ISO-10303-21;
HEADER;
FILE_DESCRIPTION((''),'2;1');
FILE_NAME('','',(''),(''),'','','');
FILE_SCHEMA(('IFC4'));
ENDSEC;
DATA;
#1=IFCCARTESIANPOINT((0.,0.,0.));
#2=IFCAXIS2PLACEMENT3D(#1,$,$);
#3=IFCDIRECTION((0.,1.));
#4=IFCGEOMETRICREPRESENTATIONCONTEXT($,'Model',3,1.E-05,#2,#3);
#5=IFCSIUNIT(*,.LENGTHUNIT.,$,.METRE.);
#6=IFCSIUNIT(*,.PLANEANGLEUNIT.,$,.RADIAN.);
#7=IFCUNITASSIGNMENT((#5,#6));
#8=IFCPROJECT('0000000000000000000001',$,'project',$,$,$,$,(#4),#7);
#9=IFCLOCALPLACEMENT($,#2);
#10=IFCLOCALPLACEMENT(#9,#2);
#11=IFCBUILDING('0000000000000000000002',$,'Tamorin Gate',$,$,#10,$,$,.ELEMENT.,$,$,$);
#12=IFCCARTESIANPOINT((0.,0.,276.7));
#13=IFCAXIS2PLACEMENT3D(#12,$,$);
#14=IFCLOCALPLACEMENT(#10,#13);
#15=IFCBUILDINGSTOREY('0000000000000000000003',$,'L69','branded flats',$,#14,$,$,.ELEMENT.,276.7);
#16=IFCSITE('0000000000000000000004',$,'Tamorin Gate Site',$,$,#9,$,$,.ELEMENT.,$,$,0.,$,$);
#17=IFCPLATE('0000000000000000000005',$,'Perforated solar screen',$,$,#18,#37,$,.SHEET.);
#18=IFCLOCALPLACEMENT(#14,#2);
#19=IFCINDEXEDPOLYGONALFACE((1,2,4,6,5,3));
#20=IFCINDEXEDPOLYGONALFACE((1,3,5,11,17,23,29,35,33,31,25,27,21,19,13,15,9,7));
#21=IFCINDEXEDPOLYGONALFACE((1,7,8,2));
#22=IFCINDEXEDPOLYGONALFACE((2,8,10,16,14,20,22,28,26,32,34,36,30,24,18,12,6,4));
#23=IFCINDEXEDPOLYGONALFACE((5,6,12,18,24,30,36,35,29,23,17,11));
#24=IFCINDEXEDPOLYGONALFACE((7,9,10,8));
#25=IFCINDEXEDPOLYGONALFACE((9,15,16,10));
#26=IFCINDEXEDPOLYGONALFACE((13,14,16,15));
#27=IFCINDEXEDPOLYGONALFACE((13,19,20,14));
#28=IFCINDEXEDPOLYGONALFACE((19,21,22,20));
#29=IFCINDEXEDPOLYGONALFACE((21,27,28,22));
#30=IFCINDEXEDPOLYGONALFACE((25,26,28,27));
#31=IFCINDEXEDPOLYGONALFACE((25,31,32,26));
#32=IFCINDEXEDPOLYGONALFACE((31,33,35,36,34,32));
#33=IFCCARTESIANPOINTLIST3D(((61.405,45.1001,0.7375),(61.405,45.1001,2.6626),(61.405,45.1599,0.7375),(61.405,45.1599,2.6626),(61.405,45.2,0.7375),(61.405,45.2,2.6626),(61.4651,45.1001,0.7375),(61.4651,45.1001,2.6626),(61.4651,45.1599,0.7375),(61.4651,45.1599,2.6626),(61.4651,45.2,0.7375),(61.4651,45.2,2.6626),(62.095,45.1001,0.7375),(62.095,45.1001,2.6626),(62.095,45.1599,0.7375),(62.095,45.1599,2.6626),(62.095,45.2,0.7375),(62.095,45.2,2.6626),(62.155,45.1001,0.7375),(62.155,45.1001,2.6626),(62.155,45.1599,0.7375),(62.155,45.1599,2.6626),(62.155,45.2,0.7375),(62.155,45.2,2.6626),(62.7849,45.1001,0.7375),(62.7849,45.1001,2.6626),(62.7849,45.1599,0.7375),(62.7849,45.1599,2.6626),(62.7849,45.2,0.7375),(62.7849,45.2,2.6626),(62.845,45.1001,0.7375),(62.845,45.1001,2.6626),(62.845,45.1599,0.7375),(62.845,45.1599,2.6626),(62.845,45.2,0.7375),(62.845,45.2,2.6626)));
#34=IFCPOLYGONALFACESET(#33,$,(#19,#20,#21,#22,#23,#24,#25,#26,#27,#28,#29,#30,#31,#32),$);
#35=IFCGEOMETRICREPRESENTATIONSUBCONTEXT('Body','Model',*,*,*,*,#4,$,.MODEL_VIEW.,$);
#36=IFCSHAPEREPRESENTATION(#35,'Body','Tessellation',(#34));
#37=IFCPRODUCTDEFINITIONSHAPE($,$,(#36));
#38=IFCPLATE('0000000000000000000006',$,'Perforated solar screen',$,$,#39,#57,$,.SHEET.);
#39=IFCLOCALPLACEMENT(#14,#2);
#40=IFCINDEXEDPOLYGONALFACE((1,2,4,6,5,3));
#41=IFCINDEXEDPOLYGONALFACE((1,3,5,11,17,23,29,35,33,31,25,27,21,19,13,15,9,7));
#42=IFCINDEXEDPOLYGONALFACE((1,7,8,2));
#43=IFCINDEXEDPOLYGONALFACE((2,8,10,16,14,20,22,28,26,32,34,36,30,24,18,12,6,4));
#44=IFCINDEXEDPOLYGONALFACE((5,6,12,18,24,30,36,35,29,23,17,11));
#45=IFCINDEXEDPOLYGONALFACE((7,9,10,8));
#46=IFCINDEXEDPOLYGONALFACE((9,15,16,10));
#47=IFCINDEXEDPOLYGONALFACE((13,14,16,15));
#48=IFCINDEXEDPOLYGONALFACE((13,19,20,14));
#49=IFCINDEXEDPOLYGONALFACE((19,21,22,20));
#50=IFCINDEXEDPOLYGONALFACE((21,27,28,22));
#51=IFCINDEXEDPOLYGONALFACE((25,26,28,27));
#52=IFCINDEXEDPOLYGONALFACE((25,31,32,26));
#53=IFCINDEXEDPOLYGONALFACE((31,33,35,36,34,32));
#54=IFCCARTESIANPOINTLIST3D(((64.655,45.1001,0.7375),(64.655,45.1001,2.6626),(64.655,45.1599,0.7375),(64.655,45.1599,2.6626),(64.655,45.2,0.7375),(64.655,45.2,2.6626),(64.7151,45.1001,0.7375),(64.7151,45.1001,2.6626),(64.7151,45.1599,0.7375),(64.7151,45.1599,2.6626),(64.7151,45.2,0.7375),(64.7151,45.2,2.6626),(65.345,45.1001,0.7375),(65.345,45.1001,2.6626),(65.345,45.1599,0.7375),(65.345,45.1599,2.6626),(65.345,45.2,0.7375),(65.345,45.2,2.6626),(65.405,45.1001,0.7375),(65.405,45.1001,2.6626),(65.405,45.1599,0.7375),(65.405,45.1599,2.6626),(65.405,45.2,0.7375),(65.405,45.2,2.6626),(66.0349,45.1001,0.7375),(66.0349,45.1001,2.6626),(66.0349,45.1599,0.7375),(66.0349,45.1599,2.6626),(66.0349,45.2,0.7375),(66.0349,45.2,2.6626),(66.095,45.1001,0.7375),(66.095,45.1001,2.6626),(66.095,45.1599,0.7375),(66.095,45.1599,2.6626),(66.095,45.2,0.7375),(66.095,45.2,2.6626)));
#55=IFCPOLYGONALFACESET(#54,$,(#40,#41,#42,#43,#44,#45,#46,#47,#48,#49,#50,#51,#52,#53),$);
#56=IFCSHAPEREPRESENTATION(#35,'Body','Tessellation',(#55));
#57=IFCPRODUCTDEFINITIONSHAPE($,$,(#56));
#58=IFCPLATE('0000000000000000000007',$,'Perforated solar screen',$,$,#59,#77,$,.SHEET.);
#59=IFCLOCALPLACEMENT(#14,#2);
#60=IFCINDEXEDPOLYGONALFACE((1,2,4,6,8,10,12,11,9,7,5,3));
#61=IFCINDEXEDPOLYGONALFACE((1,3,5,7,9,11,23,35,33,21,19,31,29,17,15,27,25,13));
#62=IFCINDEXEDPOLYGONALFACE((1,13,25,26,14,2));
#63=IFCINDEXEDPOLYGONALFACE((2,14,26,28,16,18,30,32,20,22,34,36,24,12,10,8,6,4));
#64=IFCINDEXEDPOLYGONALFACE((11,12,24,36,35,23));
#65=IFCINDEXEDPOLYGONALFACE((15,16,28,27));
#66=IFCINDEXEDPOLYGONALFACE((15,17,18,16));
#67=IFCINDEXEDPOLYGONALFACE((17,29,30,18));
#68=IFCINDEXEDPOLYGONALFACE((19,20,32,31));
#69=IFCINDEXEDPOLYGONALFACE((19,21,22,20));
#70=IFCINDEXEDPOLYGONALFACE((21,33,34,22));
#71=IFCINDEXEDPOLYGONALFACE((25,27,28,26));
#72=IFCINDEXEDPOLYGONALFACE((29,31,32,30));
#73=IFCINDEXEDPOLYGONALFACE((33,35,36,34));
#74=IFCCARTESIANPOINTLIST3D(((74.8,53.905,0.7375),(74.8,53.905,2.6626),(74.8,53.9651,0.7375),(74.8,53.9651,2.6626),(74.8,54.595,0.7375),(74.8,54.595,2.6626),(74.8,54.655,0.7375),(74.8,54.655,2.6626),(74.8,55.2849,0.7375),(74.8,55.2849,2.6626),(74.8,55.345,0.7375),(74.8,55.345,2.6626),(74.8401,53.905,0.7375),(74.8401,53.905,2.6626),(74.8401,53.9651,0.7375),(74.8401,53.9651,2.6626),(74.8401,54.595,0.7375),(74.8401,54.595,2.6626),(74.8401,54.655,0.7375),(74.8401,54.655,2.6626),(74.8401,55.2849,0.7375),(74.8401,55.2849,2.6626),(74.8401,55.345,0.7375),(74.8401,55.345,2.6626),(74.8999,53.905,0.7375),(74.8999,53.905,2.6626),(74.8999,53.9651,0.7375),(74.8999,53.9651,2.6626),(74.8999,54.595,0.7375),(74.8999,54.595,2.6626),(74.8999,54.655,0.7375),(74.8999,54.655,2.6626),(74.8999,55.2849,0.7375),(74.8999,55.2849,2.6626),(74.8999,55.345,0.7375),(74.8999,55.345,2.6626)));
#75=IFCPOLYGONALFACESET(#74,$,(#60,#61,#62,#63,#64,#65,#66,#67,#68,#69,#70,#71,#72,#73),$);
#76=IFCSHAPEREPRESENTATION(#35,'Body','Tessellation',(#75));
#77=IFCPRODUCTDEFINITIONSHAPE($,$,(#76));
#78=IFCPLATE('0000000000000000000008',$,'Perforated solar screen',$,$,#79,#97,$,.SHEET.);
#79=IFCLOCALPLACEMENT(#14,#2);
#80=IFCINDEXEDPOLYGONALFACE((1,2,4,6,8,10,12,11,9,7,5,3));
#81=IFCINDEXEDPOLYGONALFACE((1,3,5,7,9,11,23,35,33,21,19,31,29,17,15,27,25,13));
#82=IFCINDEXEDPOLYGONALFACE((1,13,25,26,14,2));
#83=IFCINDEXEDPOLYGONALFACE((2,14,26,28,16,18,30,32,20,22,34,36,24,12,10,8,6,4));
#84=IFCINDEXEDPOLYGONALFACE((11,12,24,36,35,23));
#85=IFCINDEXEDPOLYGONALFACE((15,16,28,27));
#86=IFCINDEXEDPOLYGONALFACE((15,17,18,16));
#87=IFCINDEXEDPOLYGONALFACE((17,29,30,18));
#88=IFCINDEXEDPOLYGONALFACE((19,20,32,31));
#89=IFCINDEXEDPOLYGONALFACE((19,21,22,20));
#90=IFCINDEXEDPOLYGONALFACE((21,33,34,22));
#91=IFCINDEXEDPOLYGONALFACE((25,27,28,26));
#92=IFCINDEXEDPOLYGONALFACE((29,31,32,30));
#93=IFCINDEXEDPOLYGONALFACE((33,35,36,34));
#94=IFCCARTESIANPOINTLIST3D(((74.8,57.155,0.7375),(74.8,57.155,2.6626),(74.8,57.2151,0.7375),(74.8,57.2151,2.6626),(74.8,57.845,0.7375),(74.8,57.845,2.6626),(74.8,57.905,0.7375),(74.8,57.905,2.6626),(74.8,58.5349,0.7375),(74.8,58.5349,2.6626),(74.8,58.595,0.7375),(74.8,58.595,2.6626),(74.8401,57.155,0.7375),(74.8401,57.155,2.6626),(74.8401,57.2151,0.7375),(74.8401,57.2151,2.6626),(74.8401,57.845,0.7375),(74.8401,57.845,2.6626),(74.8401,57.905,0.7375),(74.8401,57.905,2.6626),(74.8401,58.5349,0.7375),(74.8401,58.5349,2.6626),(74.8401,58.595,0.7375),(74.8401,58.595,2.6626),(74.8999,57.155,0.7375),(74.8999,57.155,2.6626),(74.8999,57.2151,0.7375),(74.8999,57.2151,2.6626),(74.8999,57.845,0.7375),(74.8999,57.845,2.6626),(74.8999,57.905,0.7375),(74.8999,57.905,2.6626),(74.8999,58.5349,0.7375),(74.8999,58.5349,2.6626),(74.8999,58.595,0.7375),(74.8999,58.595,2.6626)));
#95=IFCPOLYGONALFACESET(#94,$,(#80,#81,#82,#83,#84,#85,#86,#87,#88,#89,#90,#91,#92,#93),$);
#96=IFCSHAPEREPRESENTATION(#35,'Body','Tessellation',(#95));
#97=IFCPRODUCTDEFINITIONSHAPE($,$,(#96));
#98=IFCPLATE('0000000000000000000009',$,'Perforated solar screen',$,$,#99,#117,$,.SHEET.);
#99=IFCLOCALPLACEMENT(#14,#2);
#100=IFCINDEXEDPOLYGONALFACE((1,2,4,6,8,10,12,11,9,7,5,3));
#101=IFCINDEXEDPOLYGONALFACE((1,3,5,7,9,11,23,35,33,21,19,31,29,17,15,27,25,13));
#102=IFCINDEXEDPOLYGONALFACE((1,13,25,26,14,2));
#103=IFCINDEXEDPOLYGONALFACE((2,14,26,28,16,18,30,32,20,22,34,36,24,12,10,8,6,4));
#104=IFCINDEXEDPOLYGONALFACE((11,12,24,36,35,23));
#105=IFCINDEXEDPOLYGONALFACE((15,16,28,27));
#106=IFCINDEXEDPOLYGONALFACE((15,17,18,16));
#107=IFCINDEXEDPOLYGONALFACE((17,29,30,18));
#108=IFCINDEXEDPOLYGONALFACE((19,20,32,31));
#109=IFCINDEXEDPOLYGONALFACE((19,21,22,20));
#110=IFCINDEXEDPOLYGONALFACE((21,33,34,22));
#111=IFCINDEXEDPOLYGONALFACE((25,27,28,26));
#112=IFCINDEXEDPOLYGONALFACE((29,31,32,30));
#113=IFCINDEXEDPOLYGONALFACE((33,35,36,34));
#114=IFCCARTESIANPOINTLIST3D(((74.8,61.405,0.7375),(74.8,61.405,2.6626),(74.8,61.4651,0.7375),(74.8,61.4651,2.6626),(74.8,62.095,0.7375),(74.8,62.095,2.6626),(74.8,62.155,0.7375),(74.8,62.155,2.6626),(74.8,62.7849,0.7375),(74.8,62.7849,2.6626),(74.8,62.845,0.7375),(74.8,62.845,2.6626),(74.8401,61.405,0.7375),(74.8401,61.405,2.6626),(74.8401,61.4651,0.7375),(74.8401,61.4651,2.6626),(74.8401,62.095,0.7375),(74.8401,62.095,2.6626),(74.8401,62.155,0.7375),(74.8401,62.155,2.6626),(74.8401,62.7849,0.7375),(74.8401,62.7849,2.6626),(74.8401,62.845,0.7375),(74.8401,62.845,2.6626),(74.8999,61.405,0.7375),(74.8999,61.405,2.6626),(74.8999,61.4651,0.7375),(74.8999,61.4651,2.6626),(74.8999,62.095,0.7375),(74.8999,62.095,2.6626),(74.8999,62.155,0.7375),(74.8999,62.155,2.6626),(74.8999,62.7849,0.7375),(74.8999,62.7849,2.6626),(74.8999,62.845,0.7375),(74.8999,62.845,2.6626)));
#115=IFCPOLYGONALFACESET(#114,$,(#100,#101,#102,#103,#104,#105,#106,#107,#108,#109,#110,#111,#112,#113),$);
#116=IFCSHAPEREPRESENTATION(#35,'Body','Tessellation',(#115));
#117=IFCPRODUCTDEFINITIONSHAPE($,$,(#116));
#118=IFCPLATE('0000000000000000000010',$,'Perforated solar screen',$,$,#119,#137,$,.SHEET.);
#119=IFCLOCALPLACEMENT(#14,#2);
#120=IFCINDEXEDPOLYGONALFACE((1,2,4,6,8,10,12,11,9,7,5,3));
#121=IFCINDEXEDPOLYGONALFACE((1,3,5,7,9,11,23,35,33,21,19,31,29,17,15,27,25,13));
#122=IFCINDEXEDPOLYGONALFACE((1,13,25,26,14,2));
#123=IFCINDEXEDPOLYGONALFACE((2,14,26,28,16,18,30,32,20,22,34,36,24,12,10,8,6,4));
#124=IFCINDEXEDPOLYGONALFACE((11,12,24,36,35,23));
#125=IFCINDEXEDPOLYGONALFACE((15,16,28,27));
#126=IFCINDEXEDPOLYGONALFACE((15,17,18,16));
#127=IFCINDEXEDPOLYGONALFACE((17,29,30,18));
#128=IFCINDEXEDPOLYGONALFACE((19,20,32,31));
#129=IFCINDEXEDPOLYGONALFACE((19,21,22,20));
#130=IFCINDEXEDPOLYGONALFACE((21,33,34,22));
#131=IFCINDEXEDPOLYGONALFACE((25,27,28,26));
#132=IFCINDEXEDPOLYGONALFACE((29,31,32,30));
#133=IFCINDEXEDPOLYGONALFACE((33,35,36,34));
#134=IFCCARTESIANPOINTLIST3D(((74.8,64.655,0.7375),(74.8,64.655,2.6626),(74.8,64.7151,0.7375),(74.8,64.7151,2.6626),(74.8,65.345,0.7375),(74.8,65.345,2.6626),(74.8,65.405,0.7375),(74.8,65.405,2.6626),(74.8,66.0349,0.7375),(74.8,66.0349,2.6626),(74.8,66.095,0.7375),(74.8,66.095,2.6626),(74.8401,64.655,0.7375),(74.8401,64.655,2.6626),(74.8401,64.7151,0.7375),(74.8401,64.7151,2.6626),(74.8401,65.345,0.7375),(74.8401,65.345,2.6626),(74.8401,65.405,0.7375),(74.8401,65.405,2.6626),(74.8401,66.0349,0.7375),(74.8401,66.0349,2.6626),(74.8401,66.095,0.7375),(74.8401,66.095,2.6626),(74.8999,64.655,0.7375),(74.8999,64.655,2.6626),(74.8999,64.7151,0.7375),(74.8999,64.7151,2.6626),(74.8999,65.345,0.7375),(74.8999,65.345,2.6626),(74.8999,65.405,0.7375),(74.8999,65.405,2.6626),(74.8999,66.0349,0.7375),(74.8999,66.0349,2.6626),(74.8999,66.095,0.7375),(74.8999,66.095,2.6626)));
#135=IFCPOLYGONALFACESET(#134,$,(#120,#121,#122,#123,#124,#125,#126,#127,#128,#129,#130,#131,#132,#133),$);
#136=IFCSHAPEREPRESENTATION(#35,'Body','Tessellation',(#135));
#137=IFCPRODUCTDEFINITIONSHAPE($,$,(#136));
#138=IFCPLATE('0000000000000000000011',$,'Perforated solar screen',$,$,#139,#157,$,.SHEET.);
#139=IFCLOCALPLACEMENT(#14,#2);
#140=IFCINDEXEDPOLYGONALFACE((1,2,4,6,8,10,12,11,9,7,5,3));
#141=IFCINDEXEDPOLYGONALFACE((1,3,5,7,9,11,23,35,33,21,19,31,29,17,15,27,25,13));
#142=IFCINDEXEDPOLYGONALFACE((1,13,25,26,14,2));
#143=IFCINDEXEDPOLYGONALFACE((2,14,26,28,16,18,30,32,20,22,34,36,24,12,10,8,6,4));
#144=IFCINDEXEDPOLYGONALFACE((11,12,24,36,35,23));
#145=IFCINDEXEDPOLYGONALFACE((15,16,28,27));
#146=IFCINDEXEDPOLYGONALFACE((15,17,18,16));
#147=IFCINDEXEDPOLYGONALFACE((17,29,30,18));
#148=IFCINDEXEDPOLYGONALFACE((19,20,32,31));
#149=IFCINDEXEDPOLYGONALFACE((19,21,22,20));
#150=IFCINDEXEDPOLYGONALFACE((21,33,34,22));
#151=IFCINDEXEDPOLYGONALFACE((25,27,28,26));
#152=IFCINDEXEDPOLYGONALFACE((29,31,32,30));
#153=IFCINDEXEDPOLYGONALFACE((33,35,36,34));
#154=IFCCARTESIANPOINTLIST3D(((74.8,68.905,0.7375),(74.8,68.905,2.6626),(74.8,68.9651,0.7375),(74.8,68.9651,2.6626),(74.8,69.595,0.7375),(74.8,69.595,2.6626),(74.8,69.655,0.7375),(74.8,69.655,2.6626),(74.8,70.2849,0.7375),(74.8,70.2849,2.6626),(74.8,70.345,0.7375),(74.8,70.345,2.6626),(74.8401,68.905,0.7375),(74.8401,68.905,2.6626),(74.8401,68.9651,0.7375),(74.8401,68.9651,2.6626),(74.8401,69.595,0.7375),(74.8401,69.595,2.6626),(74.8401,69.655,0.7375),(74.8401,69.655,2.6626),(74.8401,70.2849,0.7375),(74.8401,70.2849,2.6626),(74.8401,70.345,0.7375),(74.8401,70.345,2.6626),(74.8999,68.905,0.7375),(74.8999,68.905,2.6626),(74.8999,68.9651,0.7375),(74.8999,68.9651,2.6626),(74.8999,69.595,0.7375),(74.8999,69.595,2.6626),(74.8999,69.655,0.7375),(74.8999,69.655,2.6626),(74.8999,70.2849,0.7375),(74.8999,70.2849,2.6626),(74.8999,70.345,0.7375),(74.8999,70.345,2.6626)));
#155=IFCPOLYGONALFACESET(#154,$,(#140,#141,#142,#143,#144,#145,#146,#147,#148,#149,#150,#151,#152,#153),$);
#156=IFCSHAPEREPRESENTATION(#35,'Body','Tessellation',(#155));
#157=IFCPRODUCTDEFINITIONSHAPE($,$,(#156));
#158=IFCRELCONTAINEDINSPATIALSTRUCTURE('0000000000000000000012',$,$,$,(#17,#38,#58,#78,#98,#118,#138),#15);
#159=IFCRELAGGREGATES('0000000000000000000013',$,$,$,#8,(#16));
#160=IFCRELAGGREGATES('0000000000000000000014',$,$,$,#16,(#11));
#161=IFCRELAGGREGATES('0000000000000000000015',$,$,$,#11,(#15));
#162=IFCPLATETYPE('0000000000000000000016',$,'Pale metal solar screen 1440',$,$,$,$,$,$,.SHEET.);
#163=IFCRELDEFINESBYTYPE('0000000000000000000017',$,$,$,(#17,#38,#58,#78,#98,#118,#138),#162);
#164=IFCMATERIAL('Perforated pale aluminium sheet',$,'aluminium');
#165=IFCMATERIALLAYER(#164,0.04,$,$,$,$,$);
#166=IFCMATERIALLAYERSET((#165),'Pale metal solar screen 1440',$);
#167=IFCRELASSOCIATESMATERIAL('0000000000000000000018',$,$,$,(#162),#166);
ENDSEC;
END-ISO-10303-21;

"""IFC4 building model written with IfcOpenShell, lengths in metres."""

from ifc_helpers import new_model, si_unit, direction, frame, origin, place, context, subcontext, project, spatial, polyline, outline, extrude, material, layer, layer_set, type_object, element, save


model = new_model("IFC4")

# Units and contexts
model_context = context("Model", 3, precision=1e-05, world=origin(), true_north=direction((0.0, 1.0)))
body_context = subcontext(model_context, "Body", "Model", "MODEL_VIEW")
ifc_project = project(units=[si_unit("LENGTHUNIT", "METRE"), si_unit("PLANEANGLEUNIT", "RADIAN")], contexts=[model_context])

# Site, building, storey
site_placement = place(None, origin())
site = spatial("IfcSite", under=ifc_project, at=site_placement, Name="Tamorin Gate Site", CompositionType="ELEMENT", RefElevation=0.0)
building_placement = place(site_placement, origin())
building = spatial("IfcBuilding", under=site, at=building_placement, Name="Tamorin Gate", CompositionType="ELEMENT")
storey_placement = place(building_placement, frame((0.0, 0.0, 276.7)))
storey = spatial("IfcBuildingStorey", under=building, at=storey_placement, Name="L69", Description="branded flats", CompositionType="ELEMENT", Elevation=276.7)

# Plates
ifc_material_1 = material(Name="Perforated pale aluminium sheet", Category="aluminium")
ifc_layer_1 = layer(ifc_material_1, 0.04)
ifc_layer_set_1 = layer_set([ifc_layer_1], Name="Pale metal solar screen 1440")
plate_type = type_object("IfcPlateType", Name="Pale metal solar screen 1440", PredefinedType="SHEET", material=ifc_layer_set_1)
plate_1_placement = place(storey_placement, frame((0.0, 0.0, 0.7375)))
element("IfcPlate", 1, at=plate_1_placement, inside=storey, type_object=plate_type, Name="Perforated solar screen", PredefinedType="SHEET", context=body_context, shape_type="SweptSolid", body=[
    extrude(outline(polyline([(61.405, 45.1599), (61.405, 45.2), (61.4651, 45.2), (62.095, 45.2), (62.155, 45.2), (62.7849, 45.2), (62.845, 45.2), (62.845, 45.1599), (62.845, 45.1001), (62.7849, 45.1001), (62.7849, 45.1599), (62.155, 45.1599), (62.155, 45.1001), (62.095, 45.1001), (62.095, 45.1599), (61.4651, 45.1599), (61.4651, 45.1001), (61.405, 45.1001), (61.405, 45.1599)])), origin(), (0.0, 0.0, 1.0), 1.925),
])
plate_2_placement = place(storey_placement, frame((0.0, 0.0, 0.7375)))
element("IfcPlate", 2, at=plate_2_placement, inside=storey, type_object=plate_type, Name="Perforated solar screen", PredefinedType="SHEET", context=body_context, shape_type="SweptSolid", body=[
    extrude(outline(polyline([(64.655, 45.1599), (64.655, 45.2), (64.7151, 45.2), (65.345, 45.2), (65.405, 45.2), (66.0349, 45.2), (66.095, 45.2), (66.095, 45.1599), (66.095, 45.1001), (66.0349, 45.1001), (66.0349, 45.1599), (65.405, 45.1599), (65.405, 45.1001), (65.345, 45.1001), (65.345, 45.1599), (64.7151, 45.1599), (64.7151, 45.1001), (64.655, 45.1001), (64.655, 45.1599)])), origin(), (0.0, 0.0, 1.0), 1.925),
])
plate_3_placement = place(storey_placement, frame((0.0, 0.0, 0.7375)))
element("IfcPlate", 3, at=plate_3_placement, inside=storey, type_object=plate_type, Name="Perforated solar screen", PredefinedType="SHEET", context=body_context, shape_type="SweptSolid", body=[
    extrude(outline(polyline([(74.8401, 53.905), (74.8, 53.905), (74.8, 53.9651), (74.8, 54.595), (74.8, 54.655), (74.8, 55.2849), (74.8, 55.345), (74.8, 55.345), (74.8401, 55.345), (74.8401, 55.345), (74.8999, 55.345), (74.8999, 55.2849), (74.8401, 55.2849), (74.8401, 54.655), (74.8999, 54.655), (74.8999, 54.595), (74.8401, 54.595), (74.8401, 53.9651), (74.8999, 53.9651), (74.8999, 53.905), (74.8401, 53.905)])), origin(), (0.0, 0.0, 1.0), 1.925),
])
plate_4_placement = place(storey_placement, frame((0.0, 0.0, 0.7375)))
element("IfcPlate", 4, at=plate_4_placement, inside=storey, type_object=plate_type, Name="Perforated solar screen", PredefinedType="SHEET", context=body_context, shape_type="SweptSolid", body=[
    extrude(outline(polyline([(74.8401, 57.155), (74.8, 57.155), (74.8, 57.2151), (74.8, 57.845), (74.8, 57.905), (74.8, 58.5349), (74.8, 58.595), (74.8, 58.595), (74.8401, 58.595), (74.8401, 58.595), (74.8999, 58.595), (74.8999, 58.5349), (74.8401, 58.5349), (74.8401, 57.905), (74.8999, 57.905), (74.8999, 57.845), (74.8401, 57.845), (74.8401, 57.2151), (74.8999, 57.2151), (74.8999, 57.155), (74.8401, 57.155)])), origin(), (0.0, 0.0, 1.0), 1.925),
])
plate_5_placement = place(storey_placement, frame((0.0, 0.0, 0.7375)))
element("IfcPlate", 5, at=plate_5_placement, inside=storey, type_object=plate_type, Name="Perforated solar screen", PredefinedType="SHEET", context=body_context, shape_type="SweptSolid", body=[
    extrude(outline(polyline([(74.8401, 61.405), (74.8, 61.405), (74.8, 61.4651), (74.8, 62.095), (74.8, 62.155), (74.8, 62.7849), (74.8, 62.845), (74.8401, 62.845), (74.8999, 62.845), (74.8999, 62.7849), (74.8401, 62.7849), (74.8401, 62.155), (74.8999, 62.155), (74.8999, 62.095), (74.8401, 62.095), (74.8401, 61.4651), (74.8999, 61.4651), (74.8999, 61.405), (74.8401, 61.405)])), origin(), (0.0, 0.0, 1.0), 1.925),
])
plate_6_placement = place(storey_placement, frame((0.0, 0.0, 0.7375)))
element("IfcPlate", 6, at=plate_6_placement, inside=storey, type_object=plate_type, Name="Perforated solar screen", PredefinedType="SHEET", context=body_context, shape_type="SweptSolid", body=[
    extrude(outline(polyline([(74.8401, 64.655), (74.8, 64.655), (74.8, 64.7151), (74.8, 65.345), (74.8, 65.405), (74.8, 66.0349), (74.8, 66.095), (74.8401, 66.095), (74.8999, 66.095), (74.8999, 66.0349), (74.8401, 66.0349), (74.8401, 65.405), (74.8999, 65.405), (74.8999, 65.345), (74.8401, 65.345), (74.8401, 64.7151), (74.8999, 64.7151), (74.8999, 64.655), (74.8401, 64.655)])), origin(), (0.0, 0.0, 1.0), 1.925),
])
plate_7_placement = place(storey_placement, frame((0.0, 0.0, 0.7375)))
element("IfcPlate", 7, at=plate_7_placement, inside=storey, type_object=plate_type, Name="Perforated solar screen", PredefinedType="SHEET", context=body_context, shape_type="SweptSolid", body=[
    extrude(outline(polyline([(74.8401, 68.905), (74.8, 68.905), (74.8, 68.9651), (74.8, 69.595), (74.8, 69.655), (74.8, 70.2849), (74.8, 70.345), (74.8401, 70.345), (74.8999, 70.345), (74.8999, 70.2849), (74.8401, 70.2849), (74.8401, 69.655), (74.8999, 69.655), (74.8999, 69.595), (74.8401, 69.595), (74.8401, 68.9651), (74.8999, 68.9651), (74.8999, 68.905), (74.8401, 68.905)])), origin(), (0.0, 0.0, 1.0), 1.925),
])

save(model, "model.ifc")
